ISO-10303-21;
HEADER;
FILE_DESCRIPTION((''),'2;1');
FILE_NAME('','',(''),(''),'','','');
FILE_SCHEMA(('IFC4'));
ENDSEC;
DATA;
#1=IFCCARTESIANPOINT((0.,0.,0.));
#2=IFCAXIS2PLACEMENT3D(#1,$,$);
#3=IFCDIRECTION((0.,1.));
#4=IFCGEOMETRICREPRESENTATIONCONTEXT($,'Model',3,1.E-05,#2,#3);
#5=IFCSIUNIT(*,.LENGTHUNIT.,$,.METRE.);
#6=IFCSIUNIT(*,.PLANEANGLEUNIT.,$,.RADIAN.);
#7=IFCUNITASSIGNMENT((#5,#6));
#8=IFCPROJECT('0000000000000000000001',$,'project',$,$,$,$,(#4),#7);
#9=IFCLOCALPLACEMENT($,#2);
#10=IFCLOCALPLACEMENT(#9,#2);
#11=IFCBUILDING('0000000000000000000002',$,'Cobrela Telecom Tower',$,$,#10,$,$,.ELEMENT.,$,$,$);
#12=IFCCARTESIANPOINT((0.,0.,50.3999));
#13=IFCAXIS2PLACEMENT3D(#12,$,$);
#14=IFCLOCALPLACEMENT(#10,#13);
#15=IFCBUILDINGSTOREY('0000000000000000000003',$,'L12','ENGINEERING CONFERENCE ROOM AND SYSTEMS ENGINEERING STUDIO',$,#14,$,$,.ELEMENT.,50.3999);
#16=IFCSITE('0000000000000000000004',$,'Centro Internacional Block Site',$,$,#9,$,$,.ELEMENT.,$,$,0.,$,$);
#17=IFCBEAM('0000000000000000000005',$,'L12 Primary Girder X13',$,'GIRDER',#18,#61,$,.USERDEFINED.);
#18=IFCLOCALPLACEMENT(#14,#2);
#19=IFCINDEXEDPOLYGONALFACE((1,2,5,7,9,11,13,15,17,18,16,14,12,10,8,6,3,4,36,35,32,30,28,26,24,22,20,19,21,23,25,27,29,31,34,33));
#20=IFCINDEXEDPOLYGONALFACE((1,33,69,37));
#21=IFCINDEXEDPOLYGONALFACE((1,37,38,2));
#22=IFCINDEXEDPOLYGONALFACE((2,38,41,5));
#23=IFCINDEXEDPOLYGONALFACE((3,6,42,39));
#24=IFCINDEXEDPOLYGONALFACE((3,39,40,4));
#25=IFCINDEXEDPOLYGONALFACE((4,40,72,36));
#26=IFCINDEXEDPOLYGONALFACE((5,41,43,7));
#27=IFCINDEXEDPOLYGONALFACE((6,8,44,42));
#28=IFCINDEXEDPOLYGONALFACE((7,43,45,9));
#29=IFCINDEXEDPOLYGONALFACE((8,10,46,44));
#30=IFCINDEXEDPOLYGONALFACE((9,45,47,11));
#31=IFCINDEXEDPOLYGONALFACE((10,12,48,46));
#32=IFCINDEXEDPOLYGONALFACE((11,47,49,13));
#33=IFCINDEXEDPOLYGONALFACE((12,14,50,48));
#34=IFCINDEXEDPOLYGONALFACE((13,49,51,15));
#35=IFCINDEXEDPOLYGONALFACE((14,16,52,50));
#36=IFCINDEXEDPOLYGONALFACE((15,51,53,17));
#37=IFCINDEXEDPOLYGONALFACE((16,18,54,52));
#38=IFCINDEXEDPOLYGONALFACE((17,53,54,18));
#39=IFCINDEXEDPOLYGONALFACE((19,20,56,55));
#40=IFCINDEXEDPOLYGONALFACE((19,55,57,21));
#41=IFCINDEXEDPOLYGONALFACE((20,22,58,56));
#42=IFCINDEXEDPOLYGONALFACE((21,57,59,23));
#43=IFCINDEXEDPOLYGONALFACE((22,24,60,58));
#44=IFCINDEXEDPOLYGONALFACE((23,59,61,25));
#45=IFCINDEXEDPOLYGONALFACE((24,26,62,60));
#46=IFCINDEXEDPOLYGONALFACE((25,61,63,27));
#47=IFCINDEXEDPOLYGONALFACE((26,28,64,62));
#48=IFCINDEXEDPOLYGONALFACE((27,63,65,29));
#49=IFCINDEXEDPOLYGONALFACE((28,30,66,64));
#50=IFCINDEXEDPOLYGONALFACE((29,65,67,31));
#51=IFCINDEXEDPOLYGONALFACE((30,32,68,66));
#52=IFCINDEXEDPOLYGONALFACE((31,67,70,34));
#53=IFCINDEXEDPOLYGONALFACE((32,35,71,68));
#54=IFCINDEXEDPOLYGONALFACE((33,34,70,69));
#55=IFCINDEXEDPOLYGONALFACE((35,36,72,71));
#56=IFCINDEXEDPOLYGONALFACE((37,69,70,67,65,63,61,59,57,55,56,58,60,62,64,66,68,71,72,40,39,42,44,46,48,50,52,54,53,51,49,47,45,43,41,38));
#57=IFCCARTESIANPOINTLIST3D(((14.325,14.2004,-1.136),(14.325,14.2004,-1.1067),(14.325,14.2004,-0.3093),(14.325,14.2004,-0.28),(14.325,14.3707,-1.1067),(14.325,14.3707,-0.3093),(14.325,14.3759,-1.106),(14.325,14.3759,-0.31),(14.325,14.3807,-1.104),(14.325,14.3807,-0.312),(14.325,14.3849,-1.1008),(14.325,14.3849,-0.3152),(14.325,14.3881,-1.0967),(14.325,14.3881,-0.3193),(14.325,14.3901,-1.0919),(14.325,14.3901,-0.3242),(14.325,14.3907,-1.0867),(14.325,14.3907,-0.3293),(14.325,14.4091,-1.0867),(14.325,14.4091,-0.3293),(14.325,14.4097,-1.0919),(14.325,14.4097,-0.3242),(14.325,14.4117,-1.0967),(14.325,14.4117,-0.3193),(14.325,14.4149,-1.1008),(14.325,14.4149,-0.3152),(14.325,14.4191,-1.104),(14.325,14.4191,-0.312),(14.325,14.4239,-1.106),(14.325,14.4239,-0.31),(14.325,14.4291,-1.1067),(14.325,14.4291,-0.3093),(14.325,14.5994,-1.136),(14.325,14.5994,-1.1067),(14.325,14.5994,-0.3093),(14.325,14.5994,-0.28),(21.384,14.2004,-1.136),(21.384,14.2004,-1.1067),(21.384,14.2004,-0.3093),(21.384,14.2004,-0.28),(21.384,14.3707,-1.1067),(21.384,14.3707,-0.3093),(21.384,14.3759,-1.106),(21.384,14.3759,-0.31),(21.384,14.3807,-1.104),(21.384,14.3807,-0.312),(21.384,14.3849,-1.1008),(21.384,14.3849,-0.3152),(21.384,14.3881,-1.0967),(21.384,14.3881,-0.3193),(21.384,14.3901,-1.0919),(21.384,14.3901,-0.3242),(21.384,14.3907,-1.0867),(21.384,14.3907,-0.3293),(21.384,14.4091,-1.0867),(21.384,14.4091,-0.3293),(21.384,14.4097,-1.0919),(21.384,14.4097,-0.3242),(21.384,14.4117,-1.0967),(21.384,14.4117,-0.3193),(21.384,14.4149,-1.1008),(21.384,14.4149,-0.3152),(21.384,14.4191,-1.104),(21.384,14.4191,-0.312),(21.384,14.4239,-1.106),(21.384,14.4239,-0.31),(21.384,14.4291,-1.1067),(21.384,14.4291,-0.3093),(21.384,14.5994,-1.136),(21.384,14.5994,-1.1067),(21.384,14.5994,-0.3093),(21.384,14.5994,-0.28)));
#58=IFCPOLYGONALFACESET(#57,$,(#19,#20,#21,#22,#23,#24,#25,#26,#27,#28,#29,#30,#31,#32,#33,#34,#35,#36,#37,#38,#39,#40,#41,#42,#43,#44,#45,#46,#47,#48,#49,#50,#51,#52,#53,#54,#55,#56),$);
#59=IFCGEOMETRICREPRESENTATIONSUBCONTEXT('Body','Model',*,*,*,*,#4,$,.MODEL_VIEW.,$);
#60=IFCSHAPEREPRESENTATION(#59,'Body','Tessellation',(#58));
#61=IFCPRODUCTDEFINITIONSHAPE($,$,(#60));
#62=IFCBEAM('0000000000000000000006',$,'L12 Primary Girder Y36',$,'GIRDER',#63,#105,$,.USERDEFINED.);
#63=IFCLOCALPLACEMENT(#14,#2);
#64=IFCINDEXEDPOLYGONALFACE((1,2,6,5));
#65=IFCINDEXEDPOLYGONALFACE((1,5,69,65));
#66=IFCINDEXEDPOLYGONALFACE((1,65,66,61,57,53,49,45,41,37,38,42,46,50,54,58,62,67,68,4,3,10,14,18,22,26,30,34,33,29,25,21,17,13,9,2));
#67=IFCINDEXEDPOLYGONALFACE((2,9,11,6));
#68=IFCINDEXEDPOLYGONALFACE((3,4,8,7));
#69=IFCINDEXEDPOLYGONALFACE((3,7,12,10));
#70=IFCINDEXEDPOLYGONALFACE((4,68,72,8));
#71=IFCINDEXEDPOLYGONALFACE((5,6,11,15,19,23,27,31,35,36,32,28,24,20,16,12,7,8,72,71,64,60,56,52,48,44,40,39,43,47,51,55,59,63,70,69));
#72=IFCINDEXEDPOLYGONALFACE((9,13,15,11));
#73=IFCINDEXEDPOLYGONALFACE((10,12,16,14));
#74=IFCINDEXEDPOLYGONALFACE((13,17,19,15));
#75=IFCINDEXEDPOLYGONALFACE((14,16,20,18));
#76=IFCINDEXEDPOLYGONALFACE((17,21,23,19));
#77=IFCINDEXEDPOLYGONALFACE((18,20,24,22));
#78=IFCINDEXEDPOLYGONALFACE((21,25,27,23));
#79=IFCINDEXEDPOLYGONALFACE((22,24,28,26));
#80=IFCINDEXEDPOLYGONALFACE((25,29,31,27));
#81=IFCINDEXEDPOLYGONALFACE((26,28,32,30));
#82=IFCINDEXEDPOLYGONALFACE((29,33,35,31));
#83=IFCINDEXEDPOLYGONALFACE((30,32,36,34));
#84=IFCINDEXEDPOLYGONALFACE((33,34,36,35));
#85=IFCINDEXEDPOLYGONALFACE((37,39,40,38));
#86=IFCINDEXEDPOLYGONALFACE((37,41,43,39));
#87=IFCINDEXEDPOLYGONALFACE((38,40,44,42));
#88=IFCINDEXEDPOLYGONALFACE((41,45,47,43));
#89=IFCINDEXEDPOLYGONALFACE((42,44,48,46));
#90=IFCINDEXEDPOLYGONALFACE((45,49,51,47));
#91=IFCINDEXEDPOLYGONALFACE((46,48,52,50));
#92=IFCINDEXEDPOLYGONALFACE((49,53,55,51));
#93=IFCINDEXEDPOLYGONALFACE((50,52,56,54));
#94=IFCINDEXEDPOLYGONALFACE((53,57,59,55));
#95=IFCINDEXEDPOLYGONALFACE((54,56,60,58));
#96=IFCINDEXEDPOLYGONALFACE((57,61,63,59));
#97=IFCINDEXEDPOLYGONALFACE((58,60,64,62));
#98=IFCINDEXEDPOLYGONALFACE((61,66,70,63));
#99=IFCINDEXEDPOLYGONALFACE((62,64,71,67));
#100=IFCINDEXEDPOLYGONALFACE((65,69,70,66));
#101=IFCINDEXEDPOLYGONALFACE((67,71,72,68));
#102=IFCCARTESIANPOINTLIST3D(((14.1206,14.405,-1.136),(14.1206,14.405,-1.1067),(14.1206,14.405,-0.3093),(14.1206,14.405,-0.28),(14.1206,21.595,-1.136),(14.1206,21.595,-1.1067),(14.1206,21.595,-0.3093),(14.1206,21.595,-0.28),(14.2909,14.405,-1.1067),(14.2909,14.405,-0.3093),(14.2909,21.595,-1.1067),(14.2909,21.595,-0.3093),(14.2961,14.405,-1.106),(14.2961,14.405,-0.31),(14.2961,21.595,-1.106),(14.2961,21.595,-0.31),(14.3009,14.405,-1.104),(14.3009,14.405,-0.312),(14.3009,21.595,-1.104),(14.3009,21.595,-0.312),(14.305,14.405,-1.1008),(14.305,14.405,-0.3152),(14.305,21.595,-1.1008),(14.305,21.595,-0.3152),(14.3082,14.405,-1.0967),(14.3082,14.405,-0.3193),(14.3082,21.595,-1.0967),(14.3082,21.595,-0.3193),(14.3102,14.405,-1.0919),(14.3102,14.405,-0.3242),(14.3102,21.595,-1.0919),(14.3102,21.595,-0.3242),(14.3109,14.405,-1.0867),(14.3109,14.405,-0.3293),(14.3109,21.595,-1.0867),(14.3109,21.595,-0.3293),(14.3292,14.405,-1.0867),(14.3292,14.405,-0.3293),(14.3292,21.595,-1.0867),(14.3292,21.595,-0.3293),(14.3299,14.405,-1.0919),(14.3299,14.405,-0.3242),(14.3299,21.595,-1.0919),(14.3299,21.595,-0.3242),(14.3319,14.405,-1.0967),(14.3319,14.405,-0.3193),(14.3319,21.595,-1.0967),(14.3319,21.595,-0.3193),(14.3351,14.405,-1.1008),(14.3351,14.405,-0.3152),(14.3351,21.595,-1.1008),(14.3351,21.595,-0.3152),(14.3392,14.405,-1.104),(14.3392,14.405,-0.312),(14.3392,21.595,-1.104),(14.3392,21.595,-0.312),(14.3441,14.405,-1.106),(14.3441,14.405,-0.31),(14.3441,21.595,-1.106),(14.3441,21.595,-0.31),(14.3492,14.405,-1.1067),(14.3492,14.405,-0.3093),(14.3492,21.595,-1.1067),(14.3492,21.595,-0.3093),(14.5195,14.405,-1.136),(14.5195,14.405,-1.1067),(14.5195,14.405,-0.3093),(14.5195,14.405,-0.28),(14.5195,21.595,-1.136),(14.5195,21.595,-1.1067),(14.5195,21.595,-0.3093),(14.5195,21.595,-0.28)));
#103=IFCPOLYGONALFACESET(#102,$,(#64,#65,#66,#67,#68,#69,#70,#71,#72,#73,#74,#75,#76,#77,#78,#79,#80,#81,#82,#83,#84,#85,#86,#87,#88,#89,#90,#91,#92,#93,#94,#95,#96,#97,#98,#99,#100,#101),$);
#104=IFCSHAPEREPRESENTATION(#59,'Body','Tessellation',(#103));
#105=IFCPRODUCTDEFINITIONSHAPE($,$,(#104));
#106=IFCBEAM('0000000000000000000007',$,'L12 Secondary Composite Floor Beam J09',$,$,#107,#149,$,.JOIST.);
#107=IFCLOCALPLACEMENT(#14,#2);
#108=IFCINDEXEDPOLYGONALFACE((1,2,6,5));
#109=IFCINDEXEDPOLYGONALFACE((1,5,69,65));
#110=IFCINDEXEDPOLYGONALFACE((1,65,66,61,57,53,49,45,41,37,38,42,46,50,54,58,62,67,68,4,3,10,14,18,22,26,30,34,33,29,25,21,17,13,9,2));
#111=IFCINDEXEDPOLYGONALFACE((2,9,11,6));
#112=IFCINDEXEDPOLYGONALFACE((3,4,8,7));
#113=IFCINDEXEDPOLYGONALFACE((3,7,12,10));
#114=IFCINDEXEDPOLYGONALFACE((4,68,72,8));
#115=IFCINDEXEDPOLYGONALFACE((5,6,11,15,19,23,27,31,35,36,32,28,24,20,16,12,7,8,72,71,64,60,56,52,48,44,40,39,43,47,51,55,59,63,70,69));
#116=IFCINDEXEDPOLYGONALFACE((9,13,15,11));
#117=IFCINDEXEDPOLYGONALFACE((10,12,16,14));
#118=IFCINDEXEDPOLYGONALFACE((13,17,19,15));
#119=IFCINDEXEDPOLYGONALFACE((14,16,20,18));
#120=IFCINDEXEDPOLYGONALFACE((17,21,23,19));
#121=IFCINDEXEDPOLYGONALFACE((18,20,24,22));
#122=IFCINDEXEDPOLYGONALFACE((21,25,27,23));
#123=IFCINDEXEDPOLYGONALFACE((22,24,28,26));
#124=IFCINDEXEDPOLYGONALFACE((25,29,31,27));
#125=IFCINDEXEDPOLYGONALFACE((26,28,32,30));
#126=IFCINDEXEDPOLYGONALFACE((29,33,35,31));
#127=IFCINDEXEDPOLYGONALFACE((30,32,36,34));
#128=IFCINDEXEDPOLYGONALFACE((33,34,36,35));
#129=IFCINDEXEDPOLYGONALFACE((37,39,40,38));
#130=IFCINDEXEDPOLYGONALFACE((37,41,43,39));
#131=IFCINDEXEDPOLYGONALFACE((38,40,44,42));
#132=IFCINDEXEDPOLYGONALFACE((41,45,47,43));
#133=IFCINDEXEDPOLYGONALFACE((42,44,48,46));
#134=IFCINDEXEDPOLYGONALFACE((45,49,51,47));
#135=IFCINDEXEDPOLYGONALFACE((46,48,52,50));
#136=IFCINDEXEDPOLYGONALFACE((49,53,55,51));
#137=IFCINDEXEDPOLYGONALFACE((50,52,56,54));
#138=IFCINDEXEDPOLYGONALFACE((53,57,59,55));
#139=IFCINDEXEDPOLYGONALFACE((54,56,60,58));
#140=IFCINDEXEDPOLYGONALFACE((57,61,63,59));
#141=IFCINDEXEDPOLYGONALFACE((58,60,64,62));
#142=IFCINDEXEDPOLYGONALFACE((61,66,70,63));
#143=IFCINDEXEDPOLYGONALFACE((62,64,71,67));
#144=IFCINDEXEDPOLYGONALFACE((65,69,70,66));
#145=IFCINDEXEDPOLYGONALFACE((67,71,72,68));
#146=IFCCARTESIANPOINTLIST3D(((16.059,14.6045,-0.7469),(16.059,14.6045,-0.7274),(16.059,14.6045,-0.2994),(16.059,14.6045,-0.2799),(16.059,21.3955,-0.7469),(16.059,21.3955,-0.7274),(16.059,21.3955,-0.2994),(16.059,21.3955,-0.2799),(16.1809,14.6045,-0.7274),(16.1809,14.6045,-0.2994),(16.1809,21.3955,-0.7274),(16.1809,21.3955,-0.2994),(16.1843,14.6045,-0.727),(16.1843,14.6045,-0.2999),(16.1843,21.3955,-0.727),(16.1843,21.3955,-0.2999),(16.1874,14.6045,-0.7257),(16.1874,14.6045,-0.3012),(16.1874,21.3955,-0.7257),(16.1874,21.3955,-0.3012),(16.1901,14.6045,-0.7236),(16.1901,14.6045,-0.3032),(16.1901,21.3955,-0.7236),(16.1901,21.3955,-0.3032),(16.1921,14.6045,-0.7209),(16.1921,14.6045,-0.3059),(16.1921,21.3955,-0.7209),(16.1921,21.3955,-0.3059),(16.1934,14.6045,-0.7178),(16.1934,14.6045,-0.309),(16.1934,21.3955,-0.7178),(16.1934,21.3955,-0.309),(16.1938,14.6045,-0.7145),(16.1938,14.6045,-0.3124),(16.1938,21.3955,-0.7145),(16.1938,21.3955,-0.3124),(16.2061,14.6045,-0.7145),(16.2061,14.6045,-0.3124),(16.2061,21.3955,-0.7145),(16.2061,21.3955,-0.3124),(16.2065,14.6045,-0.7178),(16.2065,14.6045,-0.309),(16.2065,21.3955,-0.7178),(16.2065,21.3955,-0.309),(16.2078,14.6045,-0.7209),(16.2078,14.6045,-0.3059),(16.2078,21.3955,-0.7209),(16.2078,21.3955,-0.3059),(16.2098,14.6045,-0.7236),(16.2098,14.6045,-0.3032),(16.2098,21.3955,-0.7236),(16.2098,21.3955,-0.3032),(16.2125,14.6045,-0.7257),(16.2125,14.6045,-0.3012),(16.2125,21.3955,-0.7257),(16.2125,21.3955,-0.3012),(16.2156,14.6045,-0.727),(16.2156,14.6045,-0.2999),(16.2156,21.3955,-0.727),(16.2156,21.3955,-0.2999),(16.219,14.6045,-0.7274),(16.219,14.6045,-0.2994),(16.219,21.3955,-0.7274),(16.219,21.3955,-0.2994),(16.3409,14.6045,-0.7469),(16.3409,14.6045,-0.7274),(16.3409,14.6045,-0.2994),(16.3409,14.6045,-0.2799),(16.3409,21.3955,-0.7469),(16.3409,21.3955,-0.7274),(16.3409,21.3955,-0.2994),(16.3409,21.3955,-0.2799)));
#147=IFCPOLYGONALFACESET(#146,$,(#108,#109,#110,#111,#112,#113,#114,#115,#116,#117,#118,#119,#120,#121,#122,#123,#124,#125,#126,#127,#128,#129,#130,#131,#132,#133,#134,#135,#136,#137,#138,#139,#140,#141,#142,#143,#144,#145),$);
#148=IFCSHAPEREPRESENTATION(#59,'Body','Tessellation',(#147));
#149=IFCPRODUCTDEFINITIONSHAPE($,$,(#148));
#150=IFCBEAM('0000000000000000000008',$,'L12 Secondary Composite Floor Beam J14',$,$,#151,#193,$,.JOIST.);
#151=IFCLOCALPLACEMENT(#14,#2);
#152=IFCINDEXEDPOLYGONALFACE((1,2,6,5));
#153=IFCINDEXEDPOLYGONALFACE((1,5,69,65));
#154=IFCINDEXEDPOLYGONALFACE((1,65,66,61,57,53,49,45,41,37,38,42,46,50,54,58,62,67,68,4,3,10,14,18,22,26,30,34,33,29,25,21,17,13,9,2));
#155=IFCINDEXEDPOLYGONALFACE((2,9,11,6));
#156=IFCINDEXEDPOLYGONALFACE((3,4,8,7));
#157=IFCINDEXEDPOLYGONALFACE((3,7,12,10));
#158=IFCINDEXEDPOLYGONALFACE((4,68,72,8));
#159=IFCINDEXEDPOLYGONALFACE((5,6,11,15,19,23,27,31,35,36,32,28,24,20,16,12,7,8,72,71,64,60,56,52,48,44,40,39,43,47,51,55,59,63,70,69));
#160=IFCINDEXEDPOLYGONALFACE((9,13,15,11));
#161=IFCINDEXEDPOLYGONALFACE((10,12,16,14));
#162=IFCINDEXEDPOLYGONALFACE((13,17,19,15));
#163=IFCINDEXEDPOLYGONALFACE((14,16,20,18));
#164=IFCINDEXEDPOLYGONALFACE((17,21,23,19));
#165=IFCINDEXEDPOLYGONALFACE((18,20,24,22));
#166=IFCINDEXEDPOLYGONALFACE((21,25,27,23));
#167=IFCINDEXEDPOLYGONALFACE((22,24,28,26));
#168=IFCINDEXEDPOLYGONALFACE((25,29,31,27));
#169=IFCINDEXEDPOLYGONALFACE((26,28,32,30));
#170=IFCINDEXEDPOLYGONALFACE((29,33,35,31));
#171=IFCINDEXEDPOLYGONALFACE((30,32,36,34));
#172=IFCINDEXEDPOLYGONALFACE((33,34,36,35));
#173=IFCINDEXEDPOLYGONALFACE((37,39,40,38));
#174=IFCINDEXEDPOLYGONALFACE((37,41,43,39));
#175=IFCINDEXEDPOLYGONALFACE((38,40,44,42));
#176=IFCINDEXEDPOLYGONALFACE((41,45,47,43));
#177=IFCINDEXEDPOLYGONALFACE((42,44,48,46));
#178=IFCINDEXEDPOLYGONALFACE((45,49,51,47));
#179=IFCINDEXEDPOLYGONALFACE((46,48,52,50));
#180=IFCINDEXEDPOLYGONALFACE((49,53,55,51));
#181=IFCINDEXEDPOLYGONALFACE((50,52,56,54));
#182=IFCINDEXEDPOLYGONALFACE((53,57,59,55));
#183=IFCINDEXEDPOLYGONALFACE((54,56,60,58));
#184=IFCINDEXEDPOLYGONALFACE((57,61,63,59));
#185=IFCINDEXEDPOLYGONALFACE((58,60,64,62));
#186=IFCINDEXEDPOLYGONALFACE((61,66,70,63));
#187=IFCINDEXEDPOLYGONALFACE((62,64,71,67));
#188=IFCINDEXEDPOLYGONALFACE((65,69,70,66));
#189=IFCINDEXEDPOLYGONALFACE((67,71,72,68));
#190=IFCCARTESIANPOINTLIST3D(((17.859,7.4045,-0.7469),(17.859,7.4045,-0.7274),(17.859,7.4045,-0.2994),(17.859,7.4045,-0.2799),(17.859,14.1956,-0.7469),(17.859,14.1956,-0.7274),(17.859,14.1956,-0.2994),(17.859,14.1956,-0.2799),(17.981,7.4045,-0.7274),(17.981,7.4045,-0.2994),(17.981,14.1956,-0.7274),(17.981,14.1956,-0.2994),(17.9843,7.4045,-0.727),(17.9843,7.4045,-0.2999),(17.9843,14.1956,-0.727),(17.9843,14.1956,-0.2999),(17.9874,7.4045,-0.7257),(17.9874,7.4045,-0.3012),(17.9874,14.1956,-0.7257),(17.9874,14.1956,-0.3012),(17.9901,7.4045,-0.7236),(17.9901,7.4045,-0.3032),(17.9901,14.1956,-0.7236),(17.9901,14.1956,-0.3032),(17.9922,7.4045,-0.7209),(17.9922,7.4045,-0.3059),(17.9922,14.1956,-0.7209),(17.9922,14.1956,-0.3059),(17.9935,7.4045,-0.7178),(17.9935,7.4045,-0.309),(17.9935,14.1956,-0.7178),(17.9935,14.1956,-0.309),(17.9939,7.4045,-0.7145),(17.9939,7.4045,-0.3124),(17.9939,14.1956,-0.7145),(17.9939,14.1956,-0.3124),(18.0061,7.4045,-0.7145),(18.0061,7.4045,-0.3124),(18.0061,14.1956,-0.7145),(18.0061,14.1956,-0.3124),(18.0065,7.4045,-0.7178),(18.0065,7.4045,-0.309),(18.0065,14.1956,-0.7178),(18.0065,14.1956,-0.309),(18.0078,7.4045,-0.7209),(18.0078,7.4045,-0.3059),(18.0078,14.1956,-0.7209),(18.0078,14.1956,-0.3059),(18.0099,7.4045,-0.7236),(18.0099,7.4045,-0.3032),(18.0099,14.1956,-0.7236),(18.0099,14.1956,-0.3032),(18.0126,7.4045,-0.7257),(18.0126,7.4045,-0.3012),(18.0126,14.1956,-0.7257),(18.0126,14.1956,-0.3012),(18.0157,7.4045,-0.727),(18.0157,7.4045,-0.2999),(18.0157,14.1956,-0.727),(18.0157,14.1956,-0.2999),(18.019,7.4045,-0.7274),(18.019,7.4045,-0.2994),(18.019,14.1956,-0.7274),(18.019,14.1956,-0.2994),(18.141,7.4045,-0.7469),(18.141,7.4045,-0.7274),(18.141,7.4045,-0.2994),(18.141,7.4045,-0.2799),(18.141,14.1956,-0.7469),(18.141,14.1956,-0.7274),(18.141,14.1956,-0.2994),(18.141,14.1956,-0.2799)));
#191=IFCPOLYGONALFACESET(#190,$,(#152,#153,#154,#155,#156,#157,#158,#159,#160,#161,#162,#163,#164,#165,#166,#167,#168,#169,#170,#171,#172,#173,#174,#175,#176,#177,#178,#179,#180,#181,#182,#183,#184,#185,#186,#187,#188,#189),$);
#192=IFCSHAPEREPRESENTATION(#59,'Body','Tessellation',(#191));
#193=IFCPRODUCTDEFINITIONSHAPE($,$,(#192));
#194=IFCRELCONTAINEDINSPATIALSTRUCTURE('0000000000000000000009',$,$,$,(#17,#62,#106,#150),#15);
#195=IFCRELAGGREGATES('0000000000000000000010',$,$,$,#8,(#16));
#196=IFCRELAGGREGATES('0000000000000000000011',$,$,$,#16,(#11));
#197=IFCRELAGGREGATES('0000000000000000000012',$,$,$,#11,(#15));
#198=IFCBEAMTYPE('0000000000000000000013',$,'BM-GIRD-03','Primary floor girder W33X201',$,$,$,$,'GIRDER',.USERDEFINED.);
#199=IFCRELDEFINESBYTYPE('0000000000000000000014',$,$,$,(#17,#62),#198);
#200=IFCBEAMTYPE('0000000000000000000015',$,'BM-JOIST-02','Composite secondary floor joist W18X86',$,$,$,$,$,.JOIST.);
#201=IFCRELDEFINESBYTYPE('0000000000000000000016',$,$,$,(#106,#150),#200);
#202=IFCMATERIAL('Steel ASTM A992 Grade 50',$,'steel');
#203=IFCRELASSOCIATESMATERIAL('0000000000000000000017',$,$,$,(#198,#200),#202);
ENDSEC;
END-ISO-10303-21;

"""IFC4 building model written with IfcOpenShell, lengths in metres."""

from ifc_helpers import new_model, si_unit, direction, frame, origin, origin_2d, place, context, subcontext, project, spatial, i_section, extrude, material, material_profile, profile_set, type_object, element, save


model = new_model("IFC4")

# Units and contexts
model_context = context("Model", 3, precision=1e-05, world=origin(), true_north=direction((0.0, 1.0)))
body_context = subcontext(model_context, "Body", "Model", "MODEL_VIEW")
ifc_project = project(units=[si_unit("LENGTHUNIT", "METRE"), si_unit("PLANEANGLEUNIT", "RADIAN")], contexts=[model_context])

# Site, building, storey
site_placement = place(None, origin())
site = spatial("IfcSite", under=ifc_project, at=site_placement, Name="Centro Internacional Block Site", CompositionType="ELEMENT", RefElevation=0.0)
building_placement = place(site_placement, origin())
building = spatial("IfcBuilding", under=site, at=building_placement, Name="Cobrela Telecom Tower", CompositionType="ELEMENT")
storey_placement = place(building_placement, frame((0.0, 0.0, 50.3999)))
storey = spatial("IfcBuildingStorey", under=building, at=storey_placement, Name="L12", Description="ENGINEERING CONFERENCE ROOM AND SYSTEMS ENGINEERING STUDIO", CompositionType="ELEMENT", Elevation=50.3999)

# Beams
ifc_material_1 = material(Name="Steel ASTM A992 Grade 50", Category="steel")
ifc_material_profile_1 = material_profile(ifc_material_1, i_section(OverallWidth=0.3989, OverallDepth=0.856, WebThickness=0.0183, FlangeThickness=0.0293, FilletRadius=0.02, at=origin_2d()), Name="W33X201")
ifc_profile_set_1 = profile_set([ifc_material_profile_1], Name="Steel ASTM A992 Grade 50")
beam_type_1 = type_object("IfcBeamType", Name="BM-GIRD-03", Description="Primary floor girder W33X201", ElementType="GIRDER", PredefinedType="USERDEFINED", material=ifc_profile_set_1)
beam_1_placement = place(storey_placement, frame((14.325, 14.3999, -0.708), z_axis=(1.0, 0.0, 0.0), x_axis=(0.0, 1.0, 0.0)))
element("IfcBeam", 1, at=beam_1_placement, inside=storey, type_object=beam_type_1, Name="L12 Primary Girder X13", ObjectType="GIRDER", PredefinedType="USERDEFINED", context=body_context, shape_type="SweptSolid", body=[
    extrude(i_section(OverallWidth=0.3989, OverallDepth=0.856, WebThickness=0.0183, FlangeThickness=0.0293, FilletRadius=0.02, at=origin_2d()), origin(), (0.0, 0.0, 1.0), 7.0591),
])
beam_2_placement = place(storey_placement, frame((14.3201, 14.405, -0.708), z_axis=(0.0, 1.0, 0.0), x_axis=(-1.0, 0.0, 0.0)))
element("IfcBeam", 2, at=beam_2_placement, inside=storey, type_object=beam_type_1, Name="L12 Primary Girder Y36", ObjectType="GIRDER", PredefinedType="USERDEFINED", context=body_context, shape_type="SweptSolid", body=[
    extrude(i_section(OverallWidth=0.3989, OverallDepth=0.856, WebThickness=0.0183, FlangeThickness=0.0293, FilletRadius=0.02, at=origin_2d()), origin(), (0.0, 0.0, 1.0), 7.1899),
])
ifc_material_profile_2 = material_profile(ifc_material_1, i_section(OverallWidth=0.282, OverallDepth=0.467, WebThickness=0.0122, FlangeThickness=0.0195, FilletRadius=0.0129, at=origin_2d()), Name="W18X86")
ifc_profile_set_2 = profile_set([ifc_material_profile_2], Name="Steel ASTM A992 Grade 50")
beam_type_2 = type_object("IfcBeamType", Name="BM-JOIST-02", Description="Composite secondary floor joist W18X86", PredefinedType="JOIST", material=ifc_profile_set_2)
for number, where, z_axis, x_axis, name in (
    (3, (16.2, 14.6045, -0.5134), (0.0, 1.0, 0.0), (-1.0, 0.0, 0.0), "L12 Secondary Composite Floor Beam J09"),
    (4, (18.0, 7.4045, -0.5134), (0.0, 1.0, 0.0), (-1.0, 0.0, 0.0), "L12 Secondary Composite Floor Beam J14"),
):
    element("IfcBeam", number, at=place(storey_placement, frame(where, z_axis=z_axis, x_axis=x_axis)), inside=storey, type_object=beam_type_2, Name=name, PredefinedType="JOIST", context=body_context, shape_type="SweptSolid", body=[
        extrude(i_section(OverallWidth=0.282, OverallDepth=0.467, WebThickness=0.0122, FlangeThickness=0.0195, FilletRadius=0.0129, at=origin_2d()), origin(), (0.0, 0.0, 1.0), 6.791),
    ])

save(model, "model.ifc")
